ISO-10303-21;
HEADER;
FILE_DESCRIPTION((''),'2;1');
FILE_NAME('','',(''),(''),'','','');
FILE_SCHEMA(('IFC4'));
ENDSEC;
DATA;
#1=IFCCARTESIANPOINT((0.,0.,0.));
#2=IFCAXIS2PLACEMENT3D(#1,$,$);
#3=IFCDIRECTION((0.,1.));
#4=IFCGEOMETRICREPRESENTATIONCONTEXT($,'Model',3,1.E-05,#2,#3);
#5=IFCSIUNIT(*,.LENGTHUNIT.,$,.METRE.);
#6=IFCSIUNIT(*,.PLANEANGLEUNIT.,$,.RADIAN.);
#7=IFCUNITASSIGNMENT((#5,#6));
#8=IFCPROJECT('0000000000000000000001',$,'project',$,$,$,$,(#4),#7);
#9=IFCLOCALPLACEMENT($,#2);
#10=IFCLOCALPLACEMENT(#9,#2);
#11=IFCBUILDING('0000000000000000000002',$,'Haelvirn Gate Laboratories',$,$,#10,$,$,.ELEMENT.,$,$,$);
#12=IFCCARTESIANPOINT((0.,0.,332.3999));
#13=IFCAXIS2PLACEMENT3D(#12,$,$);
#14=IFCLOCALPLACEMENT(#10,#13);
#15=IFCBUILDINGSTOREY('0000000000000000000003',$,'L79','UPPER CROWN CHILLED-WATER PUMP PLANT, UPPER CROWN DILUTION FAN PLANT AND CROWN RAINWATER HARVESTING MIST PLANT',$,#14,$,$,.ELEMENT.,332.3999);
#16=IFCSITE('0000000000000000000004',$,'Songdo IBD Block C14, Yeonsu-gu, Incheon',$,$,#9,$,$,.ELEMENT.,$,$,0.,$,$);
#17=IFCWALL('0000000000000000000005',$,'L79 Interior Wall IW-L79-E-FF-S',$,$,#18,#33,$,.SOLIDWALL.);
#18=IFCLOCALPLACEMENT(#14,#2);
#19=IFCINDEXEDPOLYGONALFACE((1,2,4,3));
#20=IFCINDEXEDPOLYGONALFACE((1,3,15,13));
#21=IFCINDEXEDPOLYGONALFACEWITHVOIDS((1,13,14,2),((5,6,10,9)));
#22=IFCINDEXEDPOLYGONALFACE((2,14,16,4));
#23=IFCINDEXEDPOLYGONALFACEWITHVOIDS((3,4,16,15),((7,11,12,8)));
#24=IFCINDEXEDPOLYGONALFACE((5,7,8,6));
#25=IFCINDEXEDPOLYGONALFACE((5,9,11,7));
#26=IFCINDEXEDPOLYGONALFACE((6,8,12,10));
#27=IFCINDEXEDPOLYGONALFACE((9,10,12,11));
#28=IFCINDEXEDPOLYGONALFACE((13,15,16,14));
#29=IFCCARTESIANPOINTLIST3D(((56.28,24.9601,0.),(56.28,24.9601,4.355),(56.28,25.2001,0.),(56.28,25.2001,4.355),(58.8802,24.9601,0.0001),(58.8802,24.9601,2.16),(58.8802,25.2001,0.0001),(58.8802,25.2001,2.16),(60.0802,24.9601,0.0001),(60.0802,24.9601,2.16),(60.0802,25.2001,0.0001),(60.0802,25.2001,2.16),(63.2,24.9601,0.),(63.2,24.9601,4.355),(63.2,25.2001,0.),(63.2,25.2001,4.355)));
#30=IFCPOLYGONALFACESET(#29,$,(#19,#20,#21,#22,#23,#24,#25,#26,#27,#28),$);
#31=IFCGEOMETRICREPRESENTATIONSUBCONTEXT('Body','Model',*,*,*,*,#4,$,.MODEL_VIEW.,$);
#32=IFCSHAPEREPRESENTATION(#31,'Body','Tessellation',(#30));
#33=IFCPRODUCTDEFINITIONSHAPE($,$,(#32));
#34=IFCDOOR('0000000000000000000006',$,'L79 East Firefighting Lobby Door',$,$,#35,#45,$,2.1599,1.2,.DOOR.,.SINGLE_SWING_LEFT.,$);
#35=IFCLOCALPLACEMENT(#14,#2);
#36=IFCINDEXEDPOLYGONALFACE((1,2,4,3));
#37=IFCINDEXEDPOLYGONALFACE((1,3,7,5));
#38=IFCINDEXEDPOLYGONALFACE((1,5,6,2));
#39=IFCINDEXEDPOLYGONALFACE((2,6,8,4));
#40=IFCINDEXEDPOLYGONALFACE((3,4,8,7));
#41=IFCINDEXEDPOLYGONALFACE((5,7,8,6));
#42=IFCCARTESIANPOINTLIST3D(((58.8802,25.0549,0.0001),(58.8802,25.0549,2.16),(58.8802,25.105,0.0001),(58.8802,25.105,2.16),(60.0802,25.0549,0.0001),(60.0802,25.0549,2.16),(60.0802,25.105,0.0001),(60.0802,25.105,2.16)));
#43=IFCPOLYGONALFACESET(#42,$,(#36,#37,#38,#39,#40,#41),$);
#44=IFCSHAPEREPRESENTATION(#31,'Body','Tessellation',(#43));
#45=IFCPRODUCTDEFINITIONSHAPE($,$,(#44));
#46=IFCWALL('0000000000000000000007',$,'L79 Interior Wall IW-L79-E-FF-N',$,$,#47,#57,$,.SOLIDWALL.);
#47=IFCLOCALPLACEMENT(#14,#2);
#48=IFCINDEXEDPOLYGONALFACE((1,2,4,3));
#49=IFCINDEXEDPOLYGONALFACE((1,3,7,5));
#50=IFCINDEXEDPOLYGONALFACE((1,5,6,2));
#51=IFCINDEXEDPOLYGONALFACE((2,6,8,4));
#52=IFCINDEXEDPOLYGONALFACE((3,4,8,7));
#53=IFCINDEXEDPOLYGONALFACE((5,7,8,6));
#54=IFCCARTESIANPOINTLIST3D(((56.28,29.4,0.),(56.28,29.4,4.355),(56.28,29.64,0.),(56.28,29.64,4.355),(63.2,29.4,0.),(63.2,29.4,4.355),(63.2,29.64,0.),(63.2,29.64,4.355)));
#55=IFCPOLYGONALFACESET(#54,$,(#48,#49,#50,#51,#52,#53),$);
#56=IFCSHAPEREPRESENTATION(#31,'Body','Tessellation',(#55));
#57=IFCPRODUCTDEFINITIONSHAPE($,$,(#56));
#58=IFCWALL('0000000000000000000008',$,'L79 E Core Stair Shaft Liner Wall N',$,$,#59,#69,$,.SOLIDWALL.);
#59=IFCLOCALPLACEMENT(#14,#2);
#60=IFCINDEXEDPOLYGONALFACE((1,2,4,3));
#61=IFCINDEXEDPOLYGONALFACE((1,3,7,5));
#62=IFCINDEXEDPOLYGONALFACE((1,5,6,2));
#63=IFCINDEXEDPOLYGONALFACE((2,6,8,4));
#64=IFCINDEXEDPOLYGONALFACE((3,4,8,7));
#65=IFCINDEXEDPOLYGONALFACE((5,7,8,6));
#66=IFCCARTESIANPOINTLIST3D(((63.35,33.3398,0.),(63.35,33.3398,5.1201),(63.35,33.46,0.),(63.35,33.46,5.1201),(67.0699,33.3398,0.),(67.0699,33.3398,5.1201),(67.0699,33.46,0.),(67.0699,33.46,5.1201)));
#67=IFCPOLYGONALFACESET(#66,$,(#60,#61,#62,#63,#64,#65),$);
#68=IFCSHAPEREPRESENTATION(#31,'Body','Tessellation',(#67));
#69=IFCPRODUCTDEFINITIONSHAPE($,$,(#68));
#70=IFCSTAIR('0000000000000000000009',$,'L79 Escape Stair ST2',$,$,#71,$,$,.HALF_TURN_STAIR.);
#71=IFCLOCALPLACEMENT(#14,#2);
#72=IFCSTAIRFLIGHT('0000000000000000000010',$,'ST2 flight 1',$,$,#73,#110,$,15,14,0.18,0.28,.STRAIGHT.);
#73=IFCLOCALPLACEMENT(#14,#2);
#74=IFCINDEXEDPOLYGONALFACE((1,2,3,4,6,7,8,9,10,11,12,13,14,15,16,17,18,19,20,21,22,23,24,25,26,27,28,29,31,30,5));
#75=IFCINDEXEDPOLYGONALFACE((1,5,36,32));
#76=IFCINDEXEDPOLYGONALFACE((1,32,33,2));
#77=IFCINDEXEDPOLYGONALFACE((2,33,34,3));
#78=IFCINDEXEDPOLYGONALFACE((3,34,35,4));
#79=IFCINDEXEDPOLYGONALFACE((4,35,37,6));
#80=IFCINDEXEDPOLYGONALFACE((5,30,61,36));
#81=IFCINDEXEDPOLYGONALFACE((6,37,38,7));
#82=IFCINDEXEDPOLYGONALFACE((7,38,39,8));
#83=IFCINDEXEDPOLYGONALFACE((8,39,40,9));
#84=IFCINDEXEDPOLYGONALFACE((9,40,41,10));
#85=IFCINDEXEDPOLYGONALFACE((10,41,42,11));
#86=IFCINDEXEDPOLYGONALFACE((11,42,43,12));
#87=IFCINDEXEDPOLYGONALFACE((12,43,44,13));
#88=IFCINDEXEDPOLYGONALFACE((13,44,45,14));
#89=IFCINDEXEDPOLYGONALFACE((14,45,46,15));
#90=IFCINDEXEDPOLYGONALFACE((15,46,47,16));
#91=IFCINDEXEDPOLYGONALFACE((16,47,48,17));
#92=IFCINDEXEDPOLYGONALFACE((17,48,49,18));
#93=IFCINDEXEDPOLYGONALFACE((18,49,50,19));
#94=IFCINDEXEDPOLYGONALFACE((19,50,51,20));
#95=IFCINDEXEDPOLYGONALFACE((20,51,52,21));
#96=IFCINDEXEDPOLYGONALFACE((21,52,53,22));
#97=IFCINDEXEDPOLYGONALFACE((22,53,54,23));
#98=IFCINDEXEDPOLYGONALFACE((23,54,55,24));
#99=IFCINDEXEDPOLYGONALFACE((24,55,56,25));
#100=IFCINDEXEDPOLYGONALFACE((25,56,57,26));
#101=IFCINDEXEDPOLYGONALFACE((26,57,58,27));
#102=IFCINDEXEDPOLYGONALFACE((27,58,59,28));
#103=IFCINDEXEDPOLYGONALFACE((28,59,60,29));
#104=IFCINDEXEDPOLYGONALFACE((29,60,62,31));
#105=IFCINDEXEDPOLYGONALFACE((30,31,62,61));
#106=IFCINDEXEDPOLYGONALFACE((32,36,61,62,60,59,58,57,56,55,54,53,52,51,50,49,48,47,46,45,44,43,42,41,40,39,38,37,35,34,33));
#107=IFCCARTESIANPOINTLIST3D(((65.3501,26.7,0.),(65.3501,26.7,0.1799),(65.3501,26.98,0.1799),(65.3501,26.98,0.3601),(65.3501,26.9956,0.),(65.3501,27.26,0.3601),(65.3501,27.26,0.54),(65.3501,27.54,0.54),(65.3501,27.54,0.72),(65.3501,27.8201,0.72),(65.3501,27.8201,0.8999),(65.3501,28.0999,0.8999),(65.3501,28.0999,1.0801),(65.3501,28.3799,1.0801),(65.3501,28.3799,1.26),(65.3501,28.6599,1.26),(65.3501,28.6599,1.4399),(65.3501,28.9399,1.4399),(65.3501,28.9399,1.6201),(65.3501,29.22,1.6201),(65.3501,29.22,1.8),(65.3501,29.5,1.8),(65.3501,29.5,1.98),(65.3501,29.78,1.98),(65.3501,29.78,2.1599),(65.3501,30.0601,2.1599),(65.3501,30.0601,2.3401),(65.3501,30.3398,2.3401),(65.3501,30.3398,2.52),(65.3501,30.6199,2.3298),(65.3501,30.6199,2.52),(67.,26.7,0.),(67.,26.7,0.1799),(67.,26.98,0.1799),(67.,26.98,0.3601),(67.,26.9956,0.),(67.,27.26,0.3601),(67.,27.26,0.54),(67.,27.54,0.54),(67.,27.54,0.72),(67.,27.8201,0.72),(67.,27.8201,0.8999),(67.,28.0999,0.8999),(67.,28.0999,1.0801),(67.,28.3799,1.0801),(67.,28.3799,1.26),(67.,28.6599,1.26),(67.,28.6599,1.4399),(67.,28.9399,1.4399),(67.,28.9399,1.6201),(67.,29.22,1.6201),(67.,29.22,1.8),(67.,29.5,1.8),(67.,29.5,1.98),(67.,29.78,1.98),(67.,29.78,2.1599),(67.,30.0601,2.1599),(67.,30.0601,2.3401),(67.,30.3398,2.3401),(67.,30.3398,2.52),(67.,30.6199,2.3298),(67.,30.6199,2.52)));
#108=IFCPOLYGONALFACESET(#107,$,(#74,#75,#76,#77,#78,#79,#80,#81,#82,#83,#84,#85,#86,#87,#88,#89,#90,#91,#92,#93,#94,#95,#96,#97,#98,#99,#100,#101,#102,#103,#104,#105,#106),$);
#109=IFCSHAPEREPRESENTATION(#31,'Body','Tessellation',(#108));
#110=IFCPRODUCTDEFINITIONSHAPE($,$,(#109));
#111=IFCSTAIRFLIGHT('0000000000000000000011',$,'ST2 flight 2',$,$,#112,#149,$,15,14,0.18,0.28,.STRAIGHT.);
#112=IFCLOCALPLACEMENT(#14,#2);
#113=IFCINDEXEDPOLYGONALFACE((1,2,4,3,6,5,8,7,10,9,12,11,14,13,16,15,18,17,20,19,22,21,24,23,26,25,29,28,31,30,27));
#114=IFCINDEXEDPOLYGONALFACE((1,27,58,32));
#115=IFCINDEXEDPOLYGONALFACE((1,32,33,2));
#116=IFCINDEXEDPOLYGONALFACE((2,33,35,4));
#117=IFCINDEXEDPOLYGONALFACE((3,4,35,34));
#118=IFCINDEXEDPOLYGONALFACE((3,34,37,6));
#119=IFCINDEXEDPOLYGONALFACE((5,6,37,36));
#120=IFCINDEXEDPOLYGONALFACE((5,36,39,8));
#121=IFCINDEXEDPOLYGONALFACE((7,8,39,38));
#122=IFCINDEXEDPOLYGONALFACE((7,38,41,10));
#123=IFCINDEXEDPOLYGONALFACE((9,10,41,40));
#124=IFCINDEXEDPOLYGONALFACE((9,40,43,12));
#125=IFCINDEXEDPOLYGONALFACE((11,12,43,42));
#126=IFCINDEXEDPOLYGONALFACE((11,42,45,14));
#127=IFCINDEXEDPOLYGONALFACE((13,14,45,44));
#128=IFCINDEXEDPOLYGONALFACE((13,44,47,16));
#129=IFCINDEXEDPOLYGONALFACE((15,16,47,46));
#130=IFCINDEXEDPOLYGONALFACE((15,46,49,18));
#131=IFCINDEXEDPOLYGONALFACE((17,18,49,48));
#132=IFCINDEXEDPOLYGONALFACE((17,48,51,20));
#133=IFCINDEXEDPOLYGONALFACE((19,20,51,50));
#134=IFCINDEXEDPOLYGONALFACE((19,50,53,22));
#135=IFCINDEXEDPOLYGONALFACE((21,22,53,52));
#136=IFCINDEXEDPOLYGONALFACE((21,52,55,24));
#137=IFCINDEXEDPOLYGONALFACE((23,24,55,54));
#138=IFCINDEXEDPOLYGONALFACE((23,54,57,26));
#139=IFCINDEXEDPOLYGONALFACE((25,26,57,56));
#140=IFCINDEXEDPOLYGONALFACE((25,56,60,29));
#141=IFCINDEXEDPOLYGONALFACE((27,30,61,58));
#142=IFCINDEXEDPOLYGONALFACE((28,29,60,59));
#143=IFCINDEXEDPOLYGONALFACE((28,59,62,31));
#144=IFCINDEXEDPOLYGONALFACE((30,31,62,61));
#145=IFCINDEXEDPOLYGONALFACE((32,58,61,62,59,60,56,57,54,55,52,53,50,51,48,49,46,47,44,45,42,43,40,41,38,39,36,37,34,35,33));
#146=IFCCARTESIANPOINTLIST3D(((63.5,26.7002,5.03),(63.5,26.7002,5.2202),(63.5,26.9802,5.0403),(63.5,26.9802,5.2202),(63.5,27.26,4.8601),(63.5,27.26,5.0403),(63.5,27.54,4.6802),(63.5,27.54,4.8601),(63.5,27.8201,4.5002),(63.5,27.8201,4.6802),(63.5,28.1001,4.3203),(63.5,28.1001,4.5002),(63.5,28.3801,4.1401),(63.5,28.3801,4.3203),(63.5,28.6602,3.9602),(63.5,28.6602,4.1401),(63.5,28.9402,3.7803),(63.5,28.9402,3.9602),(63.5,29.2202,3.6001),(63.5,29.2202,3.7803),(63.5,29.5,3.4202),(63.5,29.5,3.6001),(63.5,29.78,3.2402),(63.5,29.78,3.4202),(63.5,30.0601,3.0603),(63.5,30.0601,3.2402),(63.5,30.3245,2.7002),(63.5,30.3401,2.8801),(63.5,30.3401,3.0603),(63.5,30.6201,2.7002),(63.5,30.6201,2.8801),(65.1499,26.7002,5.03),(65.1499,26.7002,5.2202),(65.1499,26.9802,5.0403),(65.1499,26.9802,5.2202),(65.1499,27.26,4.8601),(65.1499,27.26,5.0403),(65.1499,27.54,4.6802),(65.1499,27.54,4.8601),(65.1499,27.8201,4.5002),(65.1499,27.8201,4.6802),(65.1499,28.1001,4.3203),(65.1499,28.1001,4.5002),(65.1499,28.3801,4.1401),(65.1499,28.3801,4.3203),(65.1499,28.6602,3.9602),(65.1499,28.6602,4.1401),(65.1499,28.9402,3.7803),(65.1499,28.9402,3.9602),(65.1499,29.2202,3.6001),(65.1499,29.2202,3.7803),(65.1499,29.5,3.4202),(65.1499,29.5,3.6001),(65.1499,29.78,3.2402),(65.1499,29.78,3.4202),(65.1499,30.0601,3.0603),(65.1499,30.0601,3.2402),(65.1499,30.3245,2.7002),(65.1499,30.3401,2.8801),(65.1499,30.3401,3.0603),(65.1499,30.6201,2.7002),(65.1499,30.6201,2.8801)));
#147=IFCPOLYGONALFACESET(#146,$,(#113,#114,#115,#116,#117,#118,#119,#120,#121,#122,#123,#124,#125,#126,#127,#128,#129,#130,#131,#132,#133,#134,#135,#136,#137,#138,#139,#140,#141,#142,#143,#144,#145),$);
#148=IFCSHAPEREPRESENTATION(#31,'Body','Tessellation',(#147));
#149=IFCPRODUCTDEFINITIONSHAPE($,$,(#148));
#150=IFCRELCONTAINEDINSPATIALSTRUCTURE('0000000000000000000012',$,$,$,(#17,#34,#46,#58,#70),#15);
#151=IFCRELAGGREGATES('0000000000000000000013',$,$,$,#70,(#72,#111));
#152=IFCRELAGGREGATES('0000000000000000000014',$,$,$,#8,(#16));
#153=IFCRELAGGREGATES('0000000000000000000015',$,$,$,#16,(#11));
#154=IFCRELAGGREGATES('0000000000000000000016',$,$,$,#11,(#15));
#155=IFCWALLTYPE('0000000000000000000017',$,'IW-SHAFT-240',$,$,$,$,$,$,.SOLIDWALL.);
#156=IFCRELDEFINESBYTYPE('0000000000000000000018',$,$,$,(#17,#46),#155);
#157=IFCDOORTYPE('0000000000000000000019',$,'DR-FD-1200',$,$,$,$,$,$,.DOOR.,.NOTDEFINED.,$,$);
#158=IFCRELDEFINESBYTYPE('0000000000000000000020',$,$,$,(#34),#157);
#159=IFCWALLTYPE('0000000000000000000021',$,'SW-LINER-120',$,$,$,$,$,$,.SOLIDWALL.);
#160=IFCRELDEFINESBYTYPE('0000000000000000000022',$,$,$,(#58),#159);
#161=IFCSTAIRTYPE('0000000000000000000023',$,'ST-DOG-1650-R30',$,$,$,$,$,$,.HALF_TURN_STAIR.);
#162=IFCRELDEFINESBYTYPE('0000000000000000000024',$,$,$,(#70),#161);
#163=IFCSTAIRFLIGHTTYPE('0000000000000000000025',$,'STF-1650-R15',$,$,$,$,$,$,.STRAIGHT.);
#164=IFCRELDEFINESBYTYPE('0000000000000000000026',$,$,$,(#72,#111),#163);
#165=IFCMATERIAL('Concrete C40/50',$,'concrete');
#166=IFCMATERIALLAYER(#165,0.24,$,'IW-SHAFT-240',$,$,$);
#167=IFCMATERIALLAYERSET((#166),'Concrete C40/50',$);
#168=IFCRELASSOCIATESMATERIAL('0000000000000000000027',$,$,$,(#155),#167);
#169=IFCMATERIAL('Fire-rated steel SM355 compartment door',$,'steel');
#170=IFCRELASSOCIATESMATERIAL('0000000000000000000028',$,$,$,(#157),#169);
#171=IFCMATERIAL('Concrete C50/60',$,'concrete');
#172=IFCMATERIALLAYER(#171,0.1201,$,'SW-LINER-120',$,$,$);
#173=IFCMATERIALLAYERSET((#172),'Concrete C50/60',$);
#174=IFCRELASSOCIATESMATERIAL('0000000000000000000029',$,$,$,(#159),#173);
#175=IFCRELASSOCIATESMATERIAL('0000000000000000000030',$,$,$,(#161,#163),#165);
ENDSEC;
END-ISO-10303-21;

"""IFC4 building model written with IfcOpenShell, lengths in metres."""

from ifc_helpers import new_model, si_unit, direction, frame, frame_2d, origin, place, context, subcontext, project, spatial, polyline, rectangle, outline, extrude, source, transform, mapped, material, layer, layer_set, type_object, type_shapes, element, fill, aggregate, save


model = new_model("IFC4")

# Units and contexts
model_context = context("Model", 3, precision=1e-05, world=origin(), true_north=direction((0.0, 1.0)))
body_context = subcontext(model_context, "Body", "Model", "MODEL_VIEW")
ifc_project = project(units=[si_unit("LENGTHUNIT", "METRE"), si_unit("PLANEANGLEUNIT", "RADIAN")], contexts=[model_context])

# Site, building, storey
site_placement = place(None, origin())
site = spatial("IfcSite", under=ifc_project, at=site_placement, Name="Songdo IBD Block C14, Yeonsu-gu, Incheon", CompositionType="ELEMENT", RefElevation=0.0)
building_placement = place(site_placement, origin())
building = spatial("IfcBuilding", under=site, at=building_placement, Name="Haelvirn Gate Laboratories", CompositionType="ELEMENT")
storey_placement = place(building_placement, frame((0.0, 0.0, 332.3999)))
storey = spatial("IfcBuildingStorey", under=building, at=storey_placement, Name="L79", Description="UPPER CROWN CHILLED-WATER PUMP PLANT, UPPER CROWN DILUTION FAN PLANT AND CROWN RAINWATER HARVESTING MIST PLANT", CompositionType="ELEMENT", Elevation=332.3999)

# Shared definitions
ifc_material_1 = material(Name="Concrete C50/60", Category="concrete")

# Wall, opening, door
ifc_material_2 = material(Name="Concrete C40/50", Category="concrete")
ifc_layer_1 = layer(ifc_material_2, 0.24, Name="IW-SHAFT-240")
ifc_layer_set_1 = layer_set([ifc_layer_1], Name="Concrete C40/50")
wall_type_1 = type_object("IfcWallType", Name="IW-SHAFT-240", PredefinedType="SOLIDWALL", material=ifc_layer_set_1)
wall_1_placement = place(storey_placement, frame((56.28, 25.0801, 0.0), z_axis=(0.0, 0.0, 1.0), x_axis=(1.0, 0.0, 0.0)))
wall_1 = element("IfcWall", 1, at=wall_1_placement, inside=storey, type_object=wall_type_1, Name="L79 Interior Wall IW-L79-E-FF-S", PredefinedType="SOLIDWALL", context=body_context, shape_type="SweptSolid", body=[
    extrude(rectangle(XDim=6.9199, YDim=0.24, at=frame_2d((3.46, 0.0))), origin(), (0.0, 0.0, 1.0), 4.355),
])
opening_placement = place(wall_1_placement, frame((2.6001, 0.0, 0.0)))
opening = element("IfcOpeningElement", 2, at=opening_placement, cuts=wall_1, PredefinedType="OPENING", context=body_context, shape_type="SweptSolid", body=[
    extrude(rectangle(XDim=1.2, YDim=2.1599, at=frame_2d((0.6001, 1.0801))), frame((0.0, 0.1299, 0.0), z_axis=(0.0, -1.0, 0.0), x_axis=(1.0, 0.0, 0.0)), (0.0, 0.0, 1.0), 0.26),
])
ifc_material_3 = material(Name="Fire-rated steel SM355 compartment door", Category="steel")
door_type = type_object("IfcDoorType", Name="DR-FD-1200", OperationType="NOTDEFINED", PredefinedType="DOOR", material=ifc_material_3)
shared_shape_1 = source(origin(), body_context, "Body", "SweptSolid", [
    extrude(rectangle(XDim=1.2, YDim=2.1599, at=frame_2d((0.6001, 1.0801))), frame((0.0, 0.0249, 0.0), z_axis=(0.0, -1.0, 0.0), x_axis=(1.0, 0.0, 0.0)), (0.0, 0.0, 1.0), 0.05),
])
type_shapes(door_type, [shared_shape_1])
door_placement = place(opening_placement, origin())
door = element("IfcDoor", 3, at=door_placement, inside=storey, type_object=door_type, Name="L79 East Firefighting Lobby Door", OperationType="SINGLE_SWING_LEFT", OverallHeight=2.1599, OverallWidth=1.2, PredefinedType="DOOR", context=body_context, shape_type="MappedRepresentation", body=[
    mapped(shared_shape_1, transform((0.0, 0.0, 0.0), scale=1.0)),
])
fill(opening, door)

# Walls
wall_2_placement = place(storey_placement, frame((56.28, 29.52, 0.0), z_axis=(0.0, 0.0, 1.0), x_axis=(1.0, 0.0, 0.0)))
element("IfcWall", 4, at=wall_2_placement, inside=storey, type_object=wall_type_1, Name="L79 Interior Wall IW-L79-E-FF-N", PredefinedType="SOLIDWALL", context=body_context, shape_type="SweptSolid", body=[
    extrude(rectangle(XDim=6.9199, YDim=0.24, at=frame_2d((3.46, 0.0))), origin(), (0.0, 0.0, 1.0), 4.355),
])
ifc_layer_2 = layer(ifc_material_1, 0.1201, Name="SW-LINER-120")
ifc_layer_set_2 = layer_set([ifc_layer_2], Name="Concrete C50/60")
wall_type_2 = type_object("IfcWallType", Name="SW-LINER-120", PredefinedType="SOLIDWALL", material=ifc_layer_set_2)
wall_3_placement = place(storey_placement, frame((63.3501, 33.3999, 0.0), z_axis=(0.0, 0.0, 1.0), x_axis=(1.0, 0.0, 0.0)))
element("IfcWall", 5, at=wall_3_placement, inside=storey, type_object=wall_type_2, Name="L79 E Core Stair Shaft Liner Wall N", PredefinedType="SOLIDWALL", context=body_context, shape_type="SweptSolid", body=[
    extrude(rectangle(XDim=3.72, YDim=0.1201, at=frame_2d((1.8599, 0.0))), origin(), (0.0, 0.0, 1.0), 5.1201),
])

# Stair, stair flights
stair_type = type_object("IfcStairType", Name="ST-DOG-1650-R30", PredefinedType="HALF_TURN_STAIR", material=ifc_material_2)
stair_placement = place(storey_placement, origin())
stair = element("IfcStair", 6, at=stair_placement, inside=storey, type_object=stair_type, Name="L79 Escape Stair ST2", PredefinedType="HALF_TURN_STAIR")
stair_flight_type = type_object("IfcStairFlightType", Name="STF-1650-R15", PredefinedType="STRAIGHT", material=ifc_material_2)
shared_shape_2 = source(origin(), body_context, "Body", "SweptSolid", [
    extrude(outline(polyline([(0.0, 0.0), (0.0, 0.1799), (0.28, 0.1799), (0.28, 0.3601), (0.5601, 0.3601), (0.5601, 0.54), (0.8401, 0.54), (0.8401, 0.72), (1.1201, 0.72), (1.1201, 0.8999), (1.3999, 0.8999), (1.3999, 1.0801), (1.6799, 1.0801), (1.6799, 1.26), (1.96, 1.26), (1.96, 1.4399), (2.24, 1.4399), (2.24, 1.6201), (2.52, 1.6201), (2.52, 1.8), (2.8, 1.8), (2.8, 1.98), (3.0801, 1.98), (3.0801, 2.1599), (3.3601, 2.1599), (3.3601, 2.3401), (3.6399, 2.3401), (3.6399, 2.52), (3.9199, 2.52), (3.9199, 2.7), (3.9199, 2.3298), (0.2957, 0.0), (0.0, 0.0)])), frame((0.0, 0.825, 0.0), z_axis=(0.0, -1.0, 0.0), x_axis=(1.0, 0.0, 0.0)), (0.0, 0.0, 1.0), 1.6499),
])
type_shapes(stair_flight_type, [shared_shape_2])
stair_flight_1_placement = place(storey_placement, frame((66.175, 26.7, 0.0), z_axis=(0.0, 0.0, 1.0), x_axis=(0.0, 1.0, 0.0)))
stair_flight_1 = element("IfcStairFlight", 7, at=stair_flight_1_placement, type_object=stair_flight_type, Name="ST2 flight 1", NumberOfRisers=15, NumberOfTreads=14, PredefinedType="STRAIGHT", RiserHeight=0.18, TreadLength=0.28, context=body_context, shape_type="MappedRepresentation", body=[
    mapped(shared_shape_2, transform((0.0, 0.0, 0.0), scale=1.0)),
])
stair_flight_2_placement = place(storey_placement, frame((64.325, 30.6201, 2.7002), z_axis=(0.0, 0.0, 1.0), x_axis=(0.0, -1.0, 0.0)))
stair_flight_2 = element("IfcStairFlight", 8, at=stair_flight_2_placement, type_object=stair_flight_type, Name="ST2 flight 2", NumberOfRisers=15, NumberOfTreads=14, PredefinedType="STRAIGHT", RiserHeight=0.18, TreadLength=0.28, context=body_context, shape_type="MappedRepresentation", body=[
    mapped(shared_shape_2, transform((0.0, 0.0, 0.0), scale=1.0)),
])
aggregate(stair, [stair_flight_1, stair_flight_2])

save(model, "model.ifc")
